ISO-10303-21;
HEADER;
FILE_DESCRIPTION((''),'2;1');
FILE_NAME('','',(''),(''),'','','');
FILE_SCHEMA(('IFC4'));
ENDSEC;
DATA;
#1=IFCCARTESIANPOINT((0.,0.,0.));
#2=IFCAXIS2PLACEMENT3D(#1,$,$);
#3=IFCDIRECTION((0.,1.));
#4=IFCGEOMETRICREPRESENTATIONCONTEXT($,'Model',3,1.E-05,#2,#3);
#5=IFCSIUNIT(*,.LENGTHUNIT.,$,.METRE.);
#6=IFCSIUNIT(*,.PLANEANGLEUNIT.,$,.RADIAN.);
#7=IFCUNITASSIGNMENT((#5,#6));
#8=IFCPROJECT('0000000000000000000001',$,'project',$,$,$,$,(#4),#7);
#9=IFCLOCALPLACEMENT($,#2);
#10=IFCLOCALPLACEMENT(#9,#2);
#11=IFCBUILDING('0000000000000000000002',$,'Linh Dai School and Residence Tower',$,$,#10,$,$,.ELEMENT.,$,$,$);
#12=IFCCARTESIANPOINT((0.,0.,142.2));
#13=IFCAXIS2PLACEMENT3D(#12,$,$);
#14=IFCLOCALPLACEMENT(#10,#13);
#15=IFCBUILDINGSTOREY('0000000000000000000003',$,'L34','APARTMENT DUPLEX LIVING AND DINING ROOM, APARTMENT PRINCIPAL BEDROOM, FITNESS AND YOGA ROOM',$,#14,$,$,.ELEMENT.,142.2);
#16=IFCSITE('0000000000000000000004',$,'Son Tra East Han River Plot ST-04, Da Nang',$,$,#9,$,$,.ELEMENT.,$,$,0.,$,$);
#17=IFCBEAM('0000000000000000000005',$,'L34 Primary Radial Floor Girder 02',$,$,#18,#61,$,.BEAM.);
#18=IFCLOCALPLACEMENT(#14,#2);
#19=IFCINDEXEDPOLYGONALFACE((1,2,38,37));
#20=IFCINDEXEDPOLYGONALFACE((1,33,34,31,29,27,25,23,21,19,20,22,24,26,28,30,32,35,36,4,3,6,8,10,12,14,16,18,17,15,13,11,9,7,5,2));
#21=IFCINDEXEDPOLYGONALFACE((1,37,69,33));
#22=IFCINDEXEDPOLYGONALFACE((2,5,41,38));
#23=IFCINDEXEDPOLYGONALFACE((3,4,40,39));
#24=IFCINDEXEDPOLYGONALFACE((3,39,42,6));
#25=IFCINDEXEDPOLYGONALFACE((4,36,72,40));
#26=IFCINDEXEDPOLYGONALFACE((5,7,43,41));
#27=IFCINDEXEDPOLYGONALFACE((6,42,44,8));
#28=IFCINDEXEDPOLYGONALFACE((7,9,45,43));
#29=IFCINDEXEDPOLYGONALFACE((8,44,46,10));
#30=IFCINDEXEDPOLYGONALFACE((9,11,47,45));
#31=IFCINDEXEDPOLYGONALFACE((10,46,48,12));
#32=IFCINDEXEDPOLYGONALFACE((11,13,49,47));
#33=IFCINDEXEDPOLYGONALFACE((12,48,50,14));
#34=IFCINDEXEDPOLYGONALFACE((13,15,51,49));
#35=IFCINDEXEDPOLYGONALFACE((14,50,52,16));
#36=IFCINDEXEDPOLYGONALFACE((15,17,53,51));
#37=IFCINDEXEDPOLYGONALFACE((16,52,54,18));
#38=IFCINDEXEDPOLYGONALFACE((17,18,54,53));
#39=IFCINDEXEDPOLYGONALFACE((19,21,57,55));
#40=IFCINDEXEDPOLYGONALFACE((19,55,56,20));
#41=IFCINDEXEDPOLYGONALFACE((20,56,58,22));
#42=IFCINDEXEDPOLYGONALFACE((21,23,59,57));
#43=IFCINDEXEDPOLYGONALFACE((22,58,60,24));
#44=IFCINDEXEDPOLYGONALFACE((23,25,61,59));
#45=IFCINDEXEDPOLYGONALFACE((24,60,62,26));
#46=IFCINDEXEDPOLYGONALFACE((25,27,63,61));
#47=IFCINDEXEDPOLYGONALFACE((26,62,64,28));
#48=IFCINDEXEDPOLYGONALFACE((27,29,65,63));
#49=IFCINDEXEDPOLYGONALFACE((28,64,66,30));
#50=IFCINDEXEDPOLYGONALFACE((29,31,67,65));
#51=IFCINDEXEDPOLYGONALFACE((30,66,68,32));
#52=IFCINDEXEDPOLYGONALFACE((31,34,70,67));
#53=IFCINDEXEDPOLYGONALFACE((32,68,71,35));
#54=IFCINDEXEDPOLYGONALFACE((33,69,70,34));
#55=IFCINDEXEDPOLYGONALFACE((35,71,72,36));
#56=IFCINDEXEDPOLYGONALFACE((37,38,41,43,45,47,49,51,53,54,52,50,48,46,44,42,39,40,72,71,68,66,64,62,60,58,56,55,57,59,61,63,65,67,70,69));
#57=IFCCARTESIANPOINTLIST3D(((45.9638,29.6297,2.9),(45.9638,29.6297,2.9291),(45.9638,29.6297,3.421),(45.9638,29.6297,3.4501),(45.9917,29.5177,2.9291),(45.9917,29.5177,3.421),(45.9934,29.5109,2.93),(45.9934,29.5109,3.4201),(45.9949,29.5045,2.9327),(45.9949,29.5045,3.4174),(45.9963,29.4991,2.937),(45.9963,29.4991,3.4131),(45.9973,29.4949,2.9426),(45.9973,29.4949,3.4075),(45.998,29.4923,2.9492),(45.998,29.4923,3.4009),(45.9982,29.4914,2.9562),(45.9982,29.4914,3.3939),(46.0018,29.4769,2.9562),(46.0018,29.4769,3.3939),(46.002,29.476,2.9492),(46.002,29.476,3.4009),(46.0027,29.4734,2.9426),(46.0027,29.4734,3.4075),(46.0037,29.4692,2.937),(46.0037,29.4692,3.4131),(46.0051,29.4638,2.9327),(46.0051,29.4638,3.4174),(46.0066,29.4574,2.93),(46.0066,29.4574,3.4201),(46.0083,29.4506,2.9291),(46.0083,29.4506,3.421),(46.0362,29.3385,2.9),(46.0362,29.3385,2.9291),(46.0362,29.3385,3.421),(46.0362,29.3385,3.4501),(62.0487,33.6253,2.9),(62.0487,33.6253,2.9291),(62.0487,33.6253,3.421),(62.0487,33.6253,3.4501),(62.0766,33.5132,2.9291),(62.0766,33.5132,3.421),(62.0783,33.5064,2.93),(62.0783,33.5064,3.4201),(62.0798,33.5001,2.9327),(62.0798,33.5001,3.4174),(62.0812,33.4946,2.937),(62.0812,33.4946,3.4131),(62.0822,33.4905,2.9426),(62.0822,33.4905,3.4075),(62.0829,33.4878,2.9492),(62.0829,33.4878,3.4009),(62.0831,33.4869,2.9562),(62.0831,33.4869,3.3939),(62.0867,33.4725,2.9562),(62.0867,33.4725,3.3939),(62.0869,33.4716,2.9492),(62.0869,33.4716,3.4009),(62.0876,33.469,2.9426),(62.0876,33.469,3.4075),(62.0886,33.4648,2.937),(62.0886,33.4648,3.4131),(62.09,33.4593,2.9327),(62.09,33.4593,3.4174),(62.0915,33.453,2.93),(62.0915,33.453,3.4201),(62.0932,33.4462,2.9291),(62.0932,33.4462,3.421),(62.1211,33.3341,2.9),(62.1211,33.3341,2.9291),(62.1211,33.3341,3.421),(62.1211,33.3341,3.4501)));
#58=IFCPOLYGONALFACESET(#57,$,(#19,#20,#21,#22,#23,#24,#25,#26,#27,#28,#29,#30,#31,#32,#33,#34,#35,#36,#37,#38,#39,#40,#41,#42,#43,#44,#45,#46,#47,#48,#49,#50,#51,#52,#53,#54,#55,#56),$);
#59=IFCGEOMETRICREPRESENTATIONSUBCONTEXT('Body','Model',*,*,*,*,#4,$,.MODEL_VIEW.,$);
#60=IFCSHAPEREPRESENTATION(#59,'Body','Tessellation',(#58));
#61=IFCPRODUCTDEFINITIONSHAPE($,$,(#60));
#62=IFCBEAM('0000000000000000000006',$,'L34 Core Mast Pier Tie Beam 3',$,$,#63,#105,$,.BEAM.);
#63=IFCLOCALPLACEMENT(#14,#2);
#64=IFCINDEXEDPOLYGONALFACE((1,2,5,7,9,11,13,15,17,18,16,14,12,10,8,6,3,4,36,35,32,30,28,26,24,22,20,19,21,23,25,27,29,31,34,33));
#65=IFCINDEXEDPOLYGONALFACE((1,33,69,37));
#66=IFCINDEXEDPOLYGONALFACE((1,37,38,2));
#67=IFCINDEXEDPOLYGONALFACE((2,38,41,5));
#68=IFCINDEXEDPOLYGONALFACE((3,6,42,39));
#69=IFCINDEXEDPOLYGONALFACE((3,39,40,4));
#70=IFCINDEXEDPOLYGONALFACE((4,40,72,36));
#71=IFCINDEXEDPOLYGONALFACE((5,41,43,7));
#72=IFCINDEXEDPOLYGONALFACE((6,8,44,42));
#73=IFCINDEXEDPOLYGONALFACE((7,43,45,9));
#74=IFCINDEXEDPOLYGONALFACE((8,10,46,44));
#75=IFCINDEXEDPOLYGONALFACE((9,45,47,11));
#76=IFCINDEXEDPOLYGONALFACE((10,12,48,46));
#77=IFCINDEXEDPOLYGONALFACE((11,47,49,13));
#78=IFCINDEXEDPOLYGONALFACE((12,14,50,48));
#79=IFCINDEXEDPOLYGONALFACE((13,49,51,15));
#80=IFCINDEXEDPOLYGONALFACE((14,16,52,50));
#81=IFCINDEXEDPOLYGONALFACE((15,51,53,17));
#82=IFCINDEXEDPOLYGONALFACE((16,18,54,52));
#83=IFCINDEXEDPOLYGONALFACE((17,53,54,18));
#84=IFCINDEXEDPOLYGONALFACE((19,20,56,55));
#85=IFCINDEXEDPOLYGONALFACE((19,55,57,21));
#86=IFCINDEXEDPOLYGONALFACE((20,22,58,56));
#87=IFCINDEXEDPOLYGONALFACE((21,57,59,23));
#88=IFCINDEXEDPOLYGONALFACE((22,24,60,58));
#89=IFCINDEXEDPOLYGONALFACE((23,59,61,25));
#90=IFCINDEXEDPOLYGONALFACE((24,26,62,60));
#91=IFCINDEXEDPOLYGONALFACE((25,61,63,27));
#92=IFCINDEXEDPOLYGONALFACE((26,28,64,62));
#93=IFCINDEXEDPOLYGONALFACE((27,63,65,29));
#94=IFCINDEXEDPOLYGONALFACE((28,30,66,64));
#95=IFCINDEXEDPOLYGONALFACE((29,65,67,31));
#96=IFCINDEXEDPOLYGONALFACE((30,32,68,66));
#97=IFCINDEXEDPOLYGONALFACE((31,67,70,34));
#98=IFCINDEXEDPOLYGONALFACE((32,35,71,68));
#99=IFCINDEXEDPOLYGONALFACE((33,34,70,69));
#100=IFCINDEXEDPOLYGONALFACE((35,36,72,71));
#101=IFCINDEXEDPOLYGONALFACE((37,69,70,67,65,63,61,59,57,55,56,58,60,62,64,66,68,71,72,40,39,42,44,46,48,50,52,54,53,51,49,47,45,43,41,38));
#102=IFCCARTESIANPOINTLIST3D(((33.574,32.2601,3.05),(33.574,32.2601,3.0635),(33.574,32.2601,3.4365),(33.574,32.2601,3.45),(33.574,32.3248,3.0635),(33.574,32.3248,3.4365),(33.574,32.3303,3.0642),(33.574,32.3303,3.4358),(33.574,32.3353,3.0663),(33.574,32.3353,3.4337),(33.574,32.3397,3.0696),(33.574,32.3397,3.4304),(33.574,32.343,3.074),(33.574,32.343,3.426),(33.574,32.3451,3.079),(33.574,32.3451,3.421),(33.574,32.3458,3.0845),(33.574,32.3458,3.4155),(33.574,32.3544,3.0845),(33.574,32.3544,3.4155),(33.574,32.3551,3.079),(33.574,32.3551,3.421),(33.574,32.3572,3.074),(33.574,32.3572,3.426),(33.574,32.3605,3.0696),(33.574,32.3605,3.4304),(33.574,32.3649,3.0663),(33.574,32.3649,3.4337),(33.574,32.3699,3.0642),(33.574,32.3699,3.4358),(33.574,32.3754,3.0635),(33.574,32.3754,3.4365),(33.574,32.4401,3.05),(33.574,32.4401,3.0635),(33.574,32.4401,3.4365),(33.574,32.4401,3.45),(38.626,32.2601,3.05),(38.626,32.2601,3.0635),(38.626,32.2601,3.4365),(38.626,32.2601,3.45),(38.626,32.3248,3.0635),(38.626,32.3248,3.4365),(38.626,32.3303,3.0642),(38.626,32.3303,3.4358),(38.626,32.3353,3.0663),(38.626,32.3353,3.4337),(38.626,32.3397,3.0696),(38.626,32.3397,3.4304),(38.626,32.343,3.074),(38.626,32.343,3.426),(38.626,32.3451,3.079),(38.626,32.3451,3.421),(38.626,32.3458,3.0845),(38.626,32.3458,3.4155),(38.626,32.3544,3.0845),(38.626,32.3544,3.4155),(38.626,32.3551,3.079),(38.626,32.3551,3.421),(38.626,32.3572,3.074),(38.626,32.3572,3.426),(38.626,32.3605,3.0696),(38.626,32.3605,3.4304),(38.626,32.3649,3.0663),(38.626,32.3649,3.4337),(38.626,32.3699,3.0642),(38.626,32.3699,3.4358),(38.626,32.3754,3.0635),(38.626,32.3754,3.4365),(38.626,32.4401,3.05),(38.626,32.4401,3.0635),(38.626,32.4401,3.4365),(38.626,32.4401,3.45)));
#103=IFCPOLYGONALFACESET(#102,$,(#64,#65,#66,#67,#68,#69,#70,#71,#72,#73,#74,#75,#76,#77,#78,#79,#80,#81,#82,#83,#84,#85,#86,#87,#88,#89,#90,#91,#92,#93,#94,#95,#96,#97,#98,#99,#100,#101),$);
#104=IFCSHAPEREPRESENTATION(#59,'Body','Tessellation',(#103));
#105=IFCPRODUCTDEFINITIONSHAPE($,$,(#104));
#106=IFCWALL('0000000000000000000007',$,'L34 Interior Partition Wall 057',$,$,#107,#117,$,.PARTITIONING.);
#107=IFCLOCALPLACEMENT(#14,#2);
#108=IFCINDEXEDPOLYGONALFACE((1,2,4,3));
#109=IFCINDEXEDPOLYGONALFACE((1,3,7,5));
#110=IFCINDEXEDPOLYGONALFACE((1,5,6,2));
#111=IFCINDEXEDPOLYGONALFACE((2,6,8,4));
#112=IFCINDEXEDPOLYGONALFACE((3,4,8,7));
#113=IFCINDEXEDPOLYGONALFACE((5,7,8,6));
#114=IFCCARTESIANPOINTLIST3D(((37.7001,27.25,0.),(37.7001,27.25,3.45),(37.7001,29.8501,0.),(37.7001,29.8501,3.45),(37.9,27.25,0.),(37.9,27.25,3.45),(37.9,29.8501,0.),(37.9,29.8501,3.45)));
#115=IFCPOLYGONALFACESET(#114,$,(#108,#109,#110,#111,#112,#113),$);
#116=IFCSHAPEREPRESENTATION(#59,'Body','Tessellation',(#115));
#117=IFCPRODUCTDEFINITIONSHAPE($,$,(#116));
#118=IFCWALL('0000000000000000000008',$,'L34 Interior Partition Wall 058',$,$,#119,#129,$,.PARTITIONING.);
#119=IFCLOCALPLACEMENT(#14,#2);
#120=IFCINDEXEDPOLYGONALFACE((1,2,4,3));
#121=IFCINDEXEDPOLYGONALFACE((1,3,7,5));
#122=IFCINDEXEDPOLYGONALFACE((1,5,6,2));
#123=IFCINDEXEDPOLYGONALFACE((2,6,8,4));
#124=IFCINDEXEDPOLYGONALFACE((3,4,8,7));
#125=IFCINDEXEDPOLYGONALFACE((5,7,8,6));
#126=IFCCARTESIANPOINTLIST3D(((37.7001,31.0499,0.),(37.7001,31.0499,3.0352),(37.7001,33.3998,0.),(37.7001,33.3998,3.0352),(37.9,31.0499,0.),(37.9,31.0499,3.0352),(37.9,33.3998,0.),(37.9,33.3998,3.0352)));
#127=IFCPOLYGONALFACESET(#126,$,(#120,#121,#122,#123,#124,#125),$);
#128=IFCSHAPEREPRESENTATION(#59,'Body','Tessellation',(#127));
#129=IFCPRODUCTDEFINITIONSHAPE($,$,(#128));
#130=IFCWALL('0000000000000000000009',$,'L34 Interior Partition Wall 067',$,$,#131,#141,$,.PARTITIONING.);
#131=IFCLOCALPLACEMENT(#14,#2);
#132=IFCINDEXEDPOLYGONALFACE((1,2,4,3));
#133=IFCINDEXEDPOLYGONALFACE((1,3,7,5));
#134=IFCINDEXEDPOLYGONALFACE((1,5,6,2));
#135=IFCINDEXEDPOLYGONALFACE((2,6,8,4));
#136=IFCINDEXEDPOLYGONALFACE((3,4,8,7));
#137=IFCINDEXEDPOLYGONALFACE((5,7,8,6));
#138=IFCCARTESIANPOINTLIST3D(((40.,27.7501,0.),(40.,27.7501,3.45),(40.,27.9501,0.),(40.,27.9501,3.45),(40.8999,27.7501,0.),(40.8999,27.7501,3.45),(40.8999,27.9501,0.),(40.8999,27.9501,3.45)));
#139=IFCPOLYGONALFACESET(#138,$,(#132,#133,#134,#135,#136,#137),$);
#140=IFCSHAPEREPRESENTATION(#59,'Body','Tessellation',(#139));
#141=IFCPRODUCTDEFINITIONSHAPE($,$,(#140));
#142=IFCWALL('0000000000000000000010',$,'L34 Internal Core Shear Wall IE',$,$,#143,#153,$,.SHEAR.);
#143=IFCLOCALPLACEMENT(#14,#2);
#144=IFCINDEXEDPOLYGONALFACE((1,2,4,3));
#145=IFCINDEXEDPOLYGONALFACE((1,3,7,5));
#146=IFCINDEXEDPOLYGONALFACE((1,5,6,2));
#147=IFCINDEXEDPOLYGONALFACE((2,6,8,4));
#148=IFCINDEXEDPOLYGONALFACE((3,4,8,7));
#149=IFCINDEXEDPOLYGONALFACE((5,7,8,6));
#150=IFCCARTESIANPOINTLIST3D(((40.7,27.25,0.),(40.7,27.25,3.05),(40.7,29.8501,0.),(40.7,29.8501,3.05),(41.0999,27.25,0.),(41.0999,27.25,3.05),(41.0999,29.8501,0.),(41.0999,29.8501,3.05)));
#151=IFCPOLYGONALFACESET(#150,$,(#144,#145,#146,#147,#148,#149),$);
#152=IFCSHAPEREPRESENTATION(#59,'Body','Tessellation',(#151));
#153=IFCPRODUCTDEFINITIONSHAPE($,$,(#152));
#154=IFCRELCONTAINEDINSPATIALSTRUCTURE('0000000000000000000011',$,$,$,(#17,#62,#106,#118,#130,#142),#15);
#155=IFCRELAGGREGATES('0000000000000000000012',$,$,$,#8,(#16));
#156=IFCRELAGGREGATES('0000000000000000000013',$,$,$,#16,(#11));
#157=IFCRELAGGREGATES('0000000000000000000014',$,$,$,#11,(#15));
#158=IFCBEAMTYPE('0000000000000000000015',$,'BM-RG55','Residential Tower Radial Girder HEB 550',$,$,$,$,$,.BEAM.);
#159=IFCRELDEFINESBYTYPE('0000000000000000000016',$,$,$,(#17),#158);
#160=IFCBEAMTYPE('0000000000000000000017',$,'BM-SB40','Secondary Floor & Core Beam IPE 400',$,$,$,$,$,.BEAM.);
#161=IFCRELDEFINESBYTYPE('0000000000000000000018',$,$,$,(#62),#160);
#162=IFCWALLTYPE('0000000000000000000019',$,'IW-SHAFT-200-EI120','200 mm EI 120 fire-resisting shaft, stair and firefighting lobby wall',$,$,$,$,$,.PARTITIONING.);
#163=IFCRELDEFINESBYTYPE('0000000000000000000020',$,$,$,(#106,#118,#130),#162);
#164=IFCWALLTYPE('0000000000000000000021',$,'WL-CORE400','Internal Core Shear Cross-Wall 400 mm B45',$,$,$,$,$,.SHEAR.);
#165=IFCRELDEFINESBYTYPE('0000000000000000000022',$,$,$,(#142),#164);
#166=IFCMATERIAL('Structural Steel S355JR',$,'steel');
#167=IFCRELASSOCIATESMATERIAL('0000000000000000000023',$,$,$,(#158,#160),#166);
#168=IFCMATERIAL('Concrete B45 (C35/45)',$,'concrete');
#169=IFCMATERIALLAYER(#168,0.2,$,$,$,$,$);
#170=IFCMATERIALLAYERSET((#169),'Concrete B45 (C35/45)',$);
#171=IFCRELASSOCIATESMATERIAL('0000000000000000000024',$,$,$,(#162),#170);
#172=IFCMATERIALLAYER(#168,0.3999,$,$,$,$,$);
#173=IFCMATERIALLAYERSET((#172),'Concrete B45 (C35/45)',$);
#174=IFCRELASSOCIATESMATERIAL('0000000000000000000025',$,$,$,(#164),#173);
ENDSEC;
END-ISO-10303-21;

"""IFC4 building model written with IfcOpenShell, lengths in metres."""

from ifc_helpers import new_model, si_unit, direction, frame, frame_2d, origin, origin_2d, place, context, subcontext, project, spatial, rectangle, i_section, extrude, material, layer, layer_set, material_profile, profile_set, type_object, element, save


model = new_model("IFC4")

# Units and contexts
model_context = context("Model", 3, precision=1e-05, world=origin(), true_north=direction((0.0, 1.0)))
body_context = subcontext(model_context, "Body", "Model", "MODEL_VIEW")
ifc_project = project(units=[si_unit("LENGTHUNIT", "METRE"), si_unit("PLANEANGLEUNIT", "RADIAN")], contexts=[model_context])

# Site, building, storey
site_placement = place(None, origin())
site = spatial("IfcSite", under=ifc_project, at=site_placement, Name="Son Tra East Han River Plot ST-04, Da Nang", CompositionType="ELEMENT", RefElevation=0.0)
building_placement = place(site_placement, origin())
building = spatial("IfcBuilding", under=site, at=building_placement, Name="Linh Dai School and Residence Tower", CompositionType="ELEMENT")
storey_placement = place(building_placement, frame((0.0, 0.0, 142.2)))
storey = spatial("IfcBuildingStorey", under=building, at=storey_placement, Name="L34", Description="APARTMENT DUPLEX LIVING AND DINING ROOM, APARTMENT PRINCIPAL BEDROOM, FITNESS AND YOGA ROOM", CompositionType="ELEMENT", Elevation=142.2)

# Shared definitions
ifc_material_1 = material(Name="Structural Steel S355JR", Category="steel")

# Beams
ifc_material_profile_1 = material_profile(ifc_material_1, i_section(OverallWidth=0.3, OverallDepth=0.55, WebThickness=0.0149, FlangeThickness=0.0291, FilletRadius=0.0271, at=origin_2d()), Name="HEB 550")
ifc_profile_set_1 = profile_set([ifc_material_profile_1], Name="Structural Steel S355JR")
beam_type_1 = type_object("IfcBeamType", Name="BM-RG55", Description="Residential Tower Radial Girder HEB 550", PredefinedType="BEAM", material=ifc_profile_set_1)
beam_1_placement = place(storey_placement, frame((46.0, 29.4841, 3.175), z_axis=(0.970505, 0.24108, 0.0), x_axis=(-0.24108, 0.970505, 0.0)))
element("IfcBeam", 1, at=beam_1_placement, inside=storey, type_object=beam_type_1, Name="L34 Primary Radial Floor Girder 02", PredefinedType="BEAM", context=body_context, shape_type="SweptSolid", body=[
    extrude(i_section(OverallWidth=0.3, OverallDepth=0.55, WebThickness=0.0149, FlangeThickness=0.0291, FilletRadius=0.0271, at=origin_2d()), origin(), (0.0, 0.0, 1.0), 16.5737),
])
ifc_material_profile_2 = material_profile(ifc_material_1, i_section(OverallWidth=0.1799, OverallDepth=0.3999, WebThickness=0.0085, FlangeThickness=0.0134, FilletRadius=0.021, at=origin_2d()), Name="IPE 400")
ifc_profile_set_2 = profile_set([ifc_material_profile_2], Name="Structural Steel S355JR")
beam_type_2 = type_object("IfcBeamType", Name="BM-SB40", Description="Secondary Floor & Core Beam IPE 400", PredefinedType="BEAM", material=ifc_profile_set_2)
beam_2_placement = place(storey_placement, frame((38.626, 32.3501, 3.25), z_axis=(-1.0, 0.0, 0.0), x_axis=(0.0, -1.0, 0.0)))
element("IfcBeam", 2, at=beam_2_placement, inside=storey, type_object=beam_type_2, Name="L34 Core Mast Pier Tie Beam 3", PredefinedType="BEAM", context=body_context, shape_type="SweptSolid", body=[
    extrude(i_section(OverallWidth=0.1799, OverallDepth=0.3999, WebThickness=0.0085, FlangeThickness=0.0134, FilletRadius=0.021, at=origin_2d()), origin(), (0.0, 0.0, 1.0), 5.052),
])

# Walls
ifc_material_2 = material(Name="Concrete B45 (C35/45)", Category="concrete")
ifc_layer_1 = layer(ifc_material_2, 0.2)
ifc_layer_set_1 = layer_set([ifc_layer_1], Name="Concrete B45 (C35/45)")
wall_type_1 = type_object("IfcWallType", Name="IW-SHAFT-200-EI120", Description="200 mm EI 120 fire-resisting shaft, stair and firefighting lobby wall", PredefinedType="PARTITIONING", material=ifc_layer_set_1)
wall_1_placement = place(storey_placement, frame((37.8, 27.25, 0.0), z_axis=(0.0, 0.0, 1.0), x_axis=(0.0, 1.0, 0.0)))
element("IfcWall", 3, at=wall_1_placement, inside=storey, type_object=wall_type_1, Name="L34 Interior Partition Wall 057", PredefinedType="PARTITIONING", context=body_context, shape_type="SweptSolid", body=[
    extrude(rectangle(XDim=2.6001, YDim=0.2, at=frame_2d((1.3, 0.0))), origin(), (0.0, 0.0, 1.0), 3.45),
])
wall_2_placement = place(storey_placement, frame((37.8, 31.05, 0.0), z_axis=(0.0, 0.0, 1.0), x_axis=(0.0, 1.0, 0.0)))
element("IfcWall", 4, at=wall_2_placement, inside=storey, type_object=wall_type_1, Name="L34 Interior Partition Wall 058", PredefinedType="PARTITIONING", context=body_context, shape_type="SweptSolid", body=[
    extrude(rectangle(XDim=2.3499, YDim=0.2, at=frame_2d((1.1748, 0.0))), origin(), (0.0, 0.0, 1.0), 3.0352),
])
wall_3_placement = place(storey_placement, frame((40.0, 27.8501, 0.0), z_axis=(0.0, 0.0, 1.0), x_axis=(1.0, 0.0, 0.0)))
element("IfcWall", 5, at=wall_3_placement, inside=storey, type_object=wall_type_1, Name="L34 Interior Partition Wall 067", PredefinedType="PARTITIONING", context=body_context, shape_type="SweptSolid", body=[
    extrude(rectangle(XDim=0.8999, YDim=0.2, at=frame_2d((0.45, 0.0))), origin(), (0.0, 0.0, 1.0), 3.45),
])
ifc_layer_2 = layer(ifc_material_2, 0.3999)
ifc_layer_set_2 = layer_set([ifc_layer_2], Name="Concrete B45 (C35/45)")
wall_type_2 = type_object("IfcWallType", Name="WL-CORE400", Description="Internal Core Shear Cross-Wall 400 mm B45", PredefinedType="SHEAR", material=ifc_layer_set_2)
wall_4_placement = place(storey_placement, frame((40.8999, 27.25, 0.0), z_axis=(0.0, 0.0, 1.0), x_axis=(0.0, 1.0, 0.0)))
element("IfcWall", 6, at=wall_4_placement, inside=storey, type_object=wall_type_2, Name="L34 Internal Core Shear Wall IE", PredefinedType="SHEAR", context=body_context, shape_type="SweptSolid", body=[
    extrude(rectangle(XDim=2.6001, YDim=0.3999, at=frame_2d((1.3, 0.0))), origin(), (0.0, 0.0, 1.0), 3.05),
])

save(model, "model.ifc")
